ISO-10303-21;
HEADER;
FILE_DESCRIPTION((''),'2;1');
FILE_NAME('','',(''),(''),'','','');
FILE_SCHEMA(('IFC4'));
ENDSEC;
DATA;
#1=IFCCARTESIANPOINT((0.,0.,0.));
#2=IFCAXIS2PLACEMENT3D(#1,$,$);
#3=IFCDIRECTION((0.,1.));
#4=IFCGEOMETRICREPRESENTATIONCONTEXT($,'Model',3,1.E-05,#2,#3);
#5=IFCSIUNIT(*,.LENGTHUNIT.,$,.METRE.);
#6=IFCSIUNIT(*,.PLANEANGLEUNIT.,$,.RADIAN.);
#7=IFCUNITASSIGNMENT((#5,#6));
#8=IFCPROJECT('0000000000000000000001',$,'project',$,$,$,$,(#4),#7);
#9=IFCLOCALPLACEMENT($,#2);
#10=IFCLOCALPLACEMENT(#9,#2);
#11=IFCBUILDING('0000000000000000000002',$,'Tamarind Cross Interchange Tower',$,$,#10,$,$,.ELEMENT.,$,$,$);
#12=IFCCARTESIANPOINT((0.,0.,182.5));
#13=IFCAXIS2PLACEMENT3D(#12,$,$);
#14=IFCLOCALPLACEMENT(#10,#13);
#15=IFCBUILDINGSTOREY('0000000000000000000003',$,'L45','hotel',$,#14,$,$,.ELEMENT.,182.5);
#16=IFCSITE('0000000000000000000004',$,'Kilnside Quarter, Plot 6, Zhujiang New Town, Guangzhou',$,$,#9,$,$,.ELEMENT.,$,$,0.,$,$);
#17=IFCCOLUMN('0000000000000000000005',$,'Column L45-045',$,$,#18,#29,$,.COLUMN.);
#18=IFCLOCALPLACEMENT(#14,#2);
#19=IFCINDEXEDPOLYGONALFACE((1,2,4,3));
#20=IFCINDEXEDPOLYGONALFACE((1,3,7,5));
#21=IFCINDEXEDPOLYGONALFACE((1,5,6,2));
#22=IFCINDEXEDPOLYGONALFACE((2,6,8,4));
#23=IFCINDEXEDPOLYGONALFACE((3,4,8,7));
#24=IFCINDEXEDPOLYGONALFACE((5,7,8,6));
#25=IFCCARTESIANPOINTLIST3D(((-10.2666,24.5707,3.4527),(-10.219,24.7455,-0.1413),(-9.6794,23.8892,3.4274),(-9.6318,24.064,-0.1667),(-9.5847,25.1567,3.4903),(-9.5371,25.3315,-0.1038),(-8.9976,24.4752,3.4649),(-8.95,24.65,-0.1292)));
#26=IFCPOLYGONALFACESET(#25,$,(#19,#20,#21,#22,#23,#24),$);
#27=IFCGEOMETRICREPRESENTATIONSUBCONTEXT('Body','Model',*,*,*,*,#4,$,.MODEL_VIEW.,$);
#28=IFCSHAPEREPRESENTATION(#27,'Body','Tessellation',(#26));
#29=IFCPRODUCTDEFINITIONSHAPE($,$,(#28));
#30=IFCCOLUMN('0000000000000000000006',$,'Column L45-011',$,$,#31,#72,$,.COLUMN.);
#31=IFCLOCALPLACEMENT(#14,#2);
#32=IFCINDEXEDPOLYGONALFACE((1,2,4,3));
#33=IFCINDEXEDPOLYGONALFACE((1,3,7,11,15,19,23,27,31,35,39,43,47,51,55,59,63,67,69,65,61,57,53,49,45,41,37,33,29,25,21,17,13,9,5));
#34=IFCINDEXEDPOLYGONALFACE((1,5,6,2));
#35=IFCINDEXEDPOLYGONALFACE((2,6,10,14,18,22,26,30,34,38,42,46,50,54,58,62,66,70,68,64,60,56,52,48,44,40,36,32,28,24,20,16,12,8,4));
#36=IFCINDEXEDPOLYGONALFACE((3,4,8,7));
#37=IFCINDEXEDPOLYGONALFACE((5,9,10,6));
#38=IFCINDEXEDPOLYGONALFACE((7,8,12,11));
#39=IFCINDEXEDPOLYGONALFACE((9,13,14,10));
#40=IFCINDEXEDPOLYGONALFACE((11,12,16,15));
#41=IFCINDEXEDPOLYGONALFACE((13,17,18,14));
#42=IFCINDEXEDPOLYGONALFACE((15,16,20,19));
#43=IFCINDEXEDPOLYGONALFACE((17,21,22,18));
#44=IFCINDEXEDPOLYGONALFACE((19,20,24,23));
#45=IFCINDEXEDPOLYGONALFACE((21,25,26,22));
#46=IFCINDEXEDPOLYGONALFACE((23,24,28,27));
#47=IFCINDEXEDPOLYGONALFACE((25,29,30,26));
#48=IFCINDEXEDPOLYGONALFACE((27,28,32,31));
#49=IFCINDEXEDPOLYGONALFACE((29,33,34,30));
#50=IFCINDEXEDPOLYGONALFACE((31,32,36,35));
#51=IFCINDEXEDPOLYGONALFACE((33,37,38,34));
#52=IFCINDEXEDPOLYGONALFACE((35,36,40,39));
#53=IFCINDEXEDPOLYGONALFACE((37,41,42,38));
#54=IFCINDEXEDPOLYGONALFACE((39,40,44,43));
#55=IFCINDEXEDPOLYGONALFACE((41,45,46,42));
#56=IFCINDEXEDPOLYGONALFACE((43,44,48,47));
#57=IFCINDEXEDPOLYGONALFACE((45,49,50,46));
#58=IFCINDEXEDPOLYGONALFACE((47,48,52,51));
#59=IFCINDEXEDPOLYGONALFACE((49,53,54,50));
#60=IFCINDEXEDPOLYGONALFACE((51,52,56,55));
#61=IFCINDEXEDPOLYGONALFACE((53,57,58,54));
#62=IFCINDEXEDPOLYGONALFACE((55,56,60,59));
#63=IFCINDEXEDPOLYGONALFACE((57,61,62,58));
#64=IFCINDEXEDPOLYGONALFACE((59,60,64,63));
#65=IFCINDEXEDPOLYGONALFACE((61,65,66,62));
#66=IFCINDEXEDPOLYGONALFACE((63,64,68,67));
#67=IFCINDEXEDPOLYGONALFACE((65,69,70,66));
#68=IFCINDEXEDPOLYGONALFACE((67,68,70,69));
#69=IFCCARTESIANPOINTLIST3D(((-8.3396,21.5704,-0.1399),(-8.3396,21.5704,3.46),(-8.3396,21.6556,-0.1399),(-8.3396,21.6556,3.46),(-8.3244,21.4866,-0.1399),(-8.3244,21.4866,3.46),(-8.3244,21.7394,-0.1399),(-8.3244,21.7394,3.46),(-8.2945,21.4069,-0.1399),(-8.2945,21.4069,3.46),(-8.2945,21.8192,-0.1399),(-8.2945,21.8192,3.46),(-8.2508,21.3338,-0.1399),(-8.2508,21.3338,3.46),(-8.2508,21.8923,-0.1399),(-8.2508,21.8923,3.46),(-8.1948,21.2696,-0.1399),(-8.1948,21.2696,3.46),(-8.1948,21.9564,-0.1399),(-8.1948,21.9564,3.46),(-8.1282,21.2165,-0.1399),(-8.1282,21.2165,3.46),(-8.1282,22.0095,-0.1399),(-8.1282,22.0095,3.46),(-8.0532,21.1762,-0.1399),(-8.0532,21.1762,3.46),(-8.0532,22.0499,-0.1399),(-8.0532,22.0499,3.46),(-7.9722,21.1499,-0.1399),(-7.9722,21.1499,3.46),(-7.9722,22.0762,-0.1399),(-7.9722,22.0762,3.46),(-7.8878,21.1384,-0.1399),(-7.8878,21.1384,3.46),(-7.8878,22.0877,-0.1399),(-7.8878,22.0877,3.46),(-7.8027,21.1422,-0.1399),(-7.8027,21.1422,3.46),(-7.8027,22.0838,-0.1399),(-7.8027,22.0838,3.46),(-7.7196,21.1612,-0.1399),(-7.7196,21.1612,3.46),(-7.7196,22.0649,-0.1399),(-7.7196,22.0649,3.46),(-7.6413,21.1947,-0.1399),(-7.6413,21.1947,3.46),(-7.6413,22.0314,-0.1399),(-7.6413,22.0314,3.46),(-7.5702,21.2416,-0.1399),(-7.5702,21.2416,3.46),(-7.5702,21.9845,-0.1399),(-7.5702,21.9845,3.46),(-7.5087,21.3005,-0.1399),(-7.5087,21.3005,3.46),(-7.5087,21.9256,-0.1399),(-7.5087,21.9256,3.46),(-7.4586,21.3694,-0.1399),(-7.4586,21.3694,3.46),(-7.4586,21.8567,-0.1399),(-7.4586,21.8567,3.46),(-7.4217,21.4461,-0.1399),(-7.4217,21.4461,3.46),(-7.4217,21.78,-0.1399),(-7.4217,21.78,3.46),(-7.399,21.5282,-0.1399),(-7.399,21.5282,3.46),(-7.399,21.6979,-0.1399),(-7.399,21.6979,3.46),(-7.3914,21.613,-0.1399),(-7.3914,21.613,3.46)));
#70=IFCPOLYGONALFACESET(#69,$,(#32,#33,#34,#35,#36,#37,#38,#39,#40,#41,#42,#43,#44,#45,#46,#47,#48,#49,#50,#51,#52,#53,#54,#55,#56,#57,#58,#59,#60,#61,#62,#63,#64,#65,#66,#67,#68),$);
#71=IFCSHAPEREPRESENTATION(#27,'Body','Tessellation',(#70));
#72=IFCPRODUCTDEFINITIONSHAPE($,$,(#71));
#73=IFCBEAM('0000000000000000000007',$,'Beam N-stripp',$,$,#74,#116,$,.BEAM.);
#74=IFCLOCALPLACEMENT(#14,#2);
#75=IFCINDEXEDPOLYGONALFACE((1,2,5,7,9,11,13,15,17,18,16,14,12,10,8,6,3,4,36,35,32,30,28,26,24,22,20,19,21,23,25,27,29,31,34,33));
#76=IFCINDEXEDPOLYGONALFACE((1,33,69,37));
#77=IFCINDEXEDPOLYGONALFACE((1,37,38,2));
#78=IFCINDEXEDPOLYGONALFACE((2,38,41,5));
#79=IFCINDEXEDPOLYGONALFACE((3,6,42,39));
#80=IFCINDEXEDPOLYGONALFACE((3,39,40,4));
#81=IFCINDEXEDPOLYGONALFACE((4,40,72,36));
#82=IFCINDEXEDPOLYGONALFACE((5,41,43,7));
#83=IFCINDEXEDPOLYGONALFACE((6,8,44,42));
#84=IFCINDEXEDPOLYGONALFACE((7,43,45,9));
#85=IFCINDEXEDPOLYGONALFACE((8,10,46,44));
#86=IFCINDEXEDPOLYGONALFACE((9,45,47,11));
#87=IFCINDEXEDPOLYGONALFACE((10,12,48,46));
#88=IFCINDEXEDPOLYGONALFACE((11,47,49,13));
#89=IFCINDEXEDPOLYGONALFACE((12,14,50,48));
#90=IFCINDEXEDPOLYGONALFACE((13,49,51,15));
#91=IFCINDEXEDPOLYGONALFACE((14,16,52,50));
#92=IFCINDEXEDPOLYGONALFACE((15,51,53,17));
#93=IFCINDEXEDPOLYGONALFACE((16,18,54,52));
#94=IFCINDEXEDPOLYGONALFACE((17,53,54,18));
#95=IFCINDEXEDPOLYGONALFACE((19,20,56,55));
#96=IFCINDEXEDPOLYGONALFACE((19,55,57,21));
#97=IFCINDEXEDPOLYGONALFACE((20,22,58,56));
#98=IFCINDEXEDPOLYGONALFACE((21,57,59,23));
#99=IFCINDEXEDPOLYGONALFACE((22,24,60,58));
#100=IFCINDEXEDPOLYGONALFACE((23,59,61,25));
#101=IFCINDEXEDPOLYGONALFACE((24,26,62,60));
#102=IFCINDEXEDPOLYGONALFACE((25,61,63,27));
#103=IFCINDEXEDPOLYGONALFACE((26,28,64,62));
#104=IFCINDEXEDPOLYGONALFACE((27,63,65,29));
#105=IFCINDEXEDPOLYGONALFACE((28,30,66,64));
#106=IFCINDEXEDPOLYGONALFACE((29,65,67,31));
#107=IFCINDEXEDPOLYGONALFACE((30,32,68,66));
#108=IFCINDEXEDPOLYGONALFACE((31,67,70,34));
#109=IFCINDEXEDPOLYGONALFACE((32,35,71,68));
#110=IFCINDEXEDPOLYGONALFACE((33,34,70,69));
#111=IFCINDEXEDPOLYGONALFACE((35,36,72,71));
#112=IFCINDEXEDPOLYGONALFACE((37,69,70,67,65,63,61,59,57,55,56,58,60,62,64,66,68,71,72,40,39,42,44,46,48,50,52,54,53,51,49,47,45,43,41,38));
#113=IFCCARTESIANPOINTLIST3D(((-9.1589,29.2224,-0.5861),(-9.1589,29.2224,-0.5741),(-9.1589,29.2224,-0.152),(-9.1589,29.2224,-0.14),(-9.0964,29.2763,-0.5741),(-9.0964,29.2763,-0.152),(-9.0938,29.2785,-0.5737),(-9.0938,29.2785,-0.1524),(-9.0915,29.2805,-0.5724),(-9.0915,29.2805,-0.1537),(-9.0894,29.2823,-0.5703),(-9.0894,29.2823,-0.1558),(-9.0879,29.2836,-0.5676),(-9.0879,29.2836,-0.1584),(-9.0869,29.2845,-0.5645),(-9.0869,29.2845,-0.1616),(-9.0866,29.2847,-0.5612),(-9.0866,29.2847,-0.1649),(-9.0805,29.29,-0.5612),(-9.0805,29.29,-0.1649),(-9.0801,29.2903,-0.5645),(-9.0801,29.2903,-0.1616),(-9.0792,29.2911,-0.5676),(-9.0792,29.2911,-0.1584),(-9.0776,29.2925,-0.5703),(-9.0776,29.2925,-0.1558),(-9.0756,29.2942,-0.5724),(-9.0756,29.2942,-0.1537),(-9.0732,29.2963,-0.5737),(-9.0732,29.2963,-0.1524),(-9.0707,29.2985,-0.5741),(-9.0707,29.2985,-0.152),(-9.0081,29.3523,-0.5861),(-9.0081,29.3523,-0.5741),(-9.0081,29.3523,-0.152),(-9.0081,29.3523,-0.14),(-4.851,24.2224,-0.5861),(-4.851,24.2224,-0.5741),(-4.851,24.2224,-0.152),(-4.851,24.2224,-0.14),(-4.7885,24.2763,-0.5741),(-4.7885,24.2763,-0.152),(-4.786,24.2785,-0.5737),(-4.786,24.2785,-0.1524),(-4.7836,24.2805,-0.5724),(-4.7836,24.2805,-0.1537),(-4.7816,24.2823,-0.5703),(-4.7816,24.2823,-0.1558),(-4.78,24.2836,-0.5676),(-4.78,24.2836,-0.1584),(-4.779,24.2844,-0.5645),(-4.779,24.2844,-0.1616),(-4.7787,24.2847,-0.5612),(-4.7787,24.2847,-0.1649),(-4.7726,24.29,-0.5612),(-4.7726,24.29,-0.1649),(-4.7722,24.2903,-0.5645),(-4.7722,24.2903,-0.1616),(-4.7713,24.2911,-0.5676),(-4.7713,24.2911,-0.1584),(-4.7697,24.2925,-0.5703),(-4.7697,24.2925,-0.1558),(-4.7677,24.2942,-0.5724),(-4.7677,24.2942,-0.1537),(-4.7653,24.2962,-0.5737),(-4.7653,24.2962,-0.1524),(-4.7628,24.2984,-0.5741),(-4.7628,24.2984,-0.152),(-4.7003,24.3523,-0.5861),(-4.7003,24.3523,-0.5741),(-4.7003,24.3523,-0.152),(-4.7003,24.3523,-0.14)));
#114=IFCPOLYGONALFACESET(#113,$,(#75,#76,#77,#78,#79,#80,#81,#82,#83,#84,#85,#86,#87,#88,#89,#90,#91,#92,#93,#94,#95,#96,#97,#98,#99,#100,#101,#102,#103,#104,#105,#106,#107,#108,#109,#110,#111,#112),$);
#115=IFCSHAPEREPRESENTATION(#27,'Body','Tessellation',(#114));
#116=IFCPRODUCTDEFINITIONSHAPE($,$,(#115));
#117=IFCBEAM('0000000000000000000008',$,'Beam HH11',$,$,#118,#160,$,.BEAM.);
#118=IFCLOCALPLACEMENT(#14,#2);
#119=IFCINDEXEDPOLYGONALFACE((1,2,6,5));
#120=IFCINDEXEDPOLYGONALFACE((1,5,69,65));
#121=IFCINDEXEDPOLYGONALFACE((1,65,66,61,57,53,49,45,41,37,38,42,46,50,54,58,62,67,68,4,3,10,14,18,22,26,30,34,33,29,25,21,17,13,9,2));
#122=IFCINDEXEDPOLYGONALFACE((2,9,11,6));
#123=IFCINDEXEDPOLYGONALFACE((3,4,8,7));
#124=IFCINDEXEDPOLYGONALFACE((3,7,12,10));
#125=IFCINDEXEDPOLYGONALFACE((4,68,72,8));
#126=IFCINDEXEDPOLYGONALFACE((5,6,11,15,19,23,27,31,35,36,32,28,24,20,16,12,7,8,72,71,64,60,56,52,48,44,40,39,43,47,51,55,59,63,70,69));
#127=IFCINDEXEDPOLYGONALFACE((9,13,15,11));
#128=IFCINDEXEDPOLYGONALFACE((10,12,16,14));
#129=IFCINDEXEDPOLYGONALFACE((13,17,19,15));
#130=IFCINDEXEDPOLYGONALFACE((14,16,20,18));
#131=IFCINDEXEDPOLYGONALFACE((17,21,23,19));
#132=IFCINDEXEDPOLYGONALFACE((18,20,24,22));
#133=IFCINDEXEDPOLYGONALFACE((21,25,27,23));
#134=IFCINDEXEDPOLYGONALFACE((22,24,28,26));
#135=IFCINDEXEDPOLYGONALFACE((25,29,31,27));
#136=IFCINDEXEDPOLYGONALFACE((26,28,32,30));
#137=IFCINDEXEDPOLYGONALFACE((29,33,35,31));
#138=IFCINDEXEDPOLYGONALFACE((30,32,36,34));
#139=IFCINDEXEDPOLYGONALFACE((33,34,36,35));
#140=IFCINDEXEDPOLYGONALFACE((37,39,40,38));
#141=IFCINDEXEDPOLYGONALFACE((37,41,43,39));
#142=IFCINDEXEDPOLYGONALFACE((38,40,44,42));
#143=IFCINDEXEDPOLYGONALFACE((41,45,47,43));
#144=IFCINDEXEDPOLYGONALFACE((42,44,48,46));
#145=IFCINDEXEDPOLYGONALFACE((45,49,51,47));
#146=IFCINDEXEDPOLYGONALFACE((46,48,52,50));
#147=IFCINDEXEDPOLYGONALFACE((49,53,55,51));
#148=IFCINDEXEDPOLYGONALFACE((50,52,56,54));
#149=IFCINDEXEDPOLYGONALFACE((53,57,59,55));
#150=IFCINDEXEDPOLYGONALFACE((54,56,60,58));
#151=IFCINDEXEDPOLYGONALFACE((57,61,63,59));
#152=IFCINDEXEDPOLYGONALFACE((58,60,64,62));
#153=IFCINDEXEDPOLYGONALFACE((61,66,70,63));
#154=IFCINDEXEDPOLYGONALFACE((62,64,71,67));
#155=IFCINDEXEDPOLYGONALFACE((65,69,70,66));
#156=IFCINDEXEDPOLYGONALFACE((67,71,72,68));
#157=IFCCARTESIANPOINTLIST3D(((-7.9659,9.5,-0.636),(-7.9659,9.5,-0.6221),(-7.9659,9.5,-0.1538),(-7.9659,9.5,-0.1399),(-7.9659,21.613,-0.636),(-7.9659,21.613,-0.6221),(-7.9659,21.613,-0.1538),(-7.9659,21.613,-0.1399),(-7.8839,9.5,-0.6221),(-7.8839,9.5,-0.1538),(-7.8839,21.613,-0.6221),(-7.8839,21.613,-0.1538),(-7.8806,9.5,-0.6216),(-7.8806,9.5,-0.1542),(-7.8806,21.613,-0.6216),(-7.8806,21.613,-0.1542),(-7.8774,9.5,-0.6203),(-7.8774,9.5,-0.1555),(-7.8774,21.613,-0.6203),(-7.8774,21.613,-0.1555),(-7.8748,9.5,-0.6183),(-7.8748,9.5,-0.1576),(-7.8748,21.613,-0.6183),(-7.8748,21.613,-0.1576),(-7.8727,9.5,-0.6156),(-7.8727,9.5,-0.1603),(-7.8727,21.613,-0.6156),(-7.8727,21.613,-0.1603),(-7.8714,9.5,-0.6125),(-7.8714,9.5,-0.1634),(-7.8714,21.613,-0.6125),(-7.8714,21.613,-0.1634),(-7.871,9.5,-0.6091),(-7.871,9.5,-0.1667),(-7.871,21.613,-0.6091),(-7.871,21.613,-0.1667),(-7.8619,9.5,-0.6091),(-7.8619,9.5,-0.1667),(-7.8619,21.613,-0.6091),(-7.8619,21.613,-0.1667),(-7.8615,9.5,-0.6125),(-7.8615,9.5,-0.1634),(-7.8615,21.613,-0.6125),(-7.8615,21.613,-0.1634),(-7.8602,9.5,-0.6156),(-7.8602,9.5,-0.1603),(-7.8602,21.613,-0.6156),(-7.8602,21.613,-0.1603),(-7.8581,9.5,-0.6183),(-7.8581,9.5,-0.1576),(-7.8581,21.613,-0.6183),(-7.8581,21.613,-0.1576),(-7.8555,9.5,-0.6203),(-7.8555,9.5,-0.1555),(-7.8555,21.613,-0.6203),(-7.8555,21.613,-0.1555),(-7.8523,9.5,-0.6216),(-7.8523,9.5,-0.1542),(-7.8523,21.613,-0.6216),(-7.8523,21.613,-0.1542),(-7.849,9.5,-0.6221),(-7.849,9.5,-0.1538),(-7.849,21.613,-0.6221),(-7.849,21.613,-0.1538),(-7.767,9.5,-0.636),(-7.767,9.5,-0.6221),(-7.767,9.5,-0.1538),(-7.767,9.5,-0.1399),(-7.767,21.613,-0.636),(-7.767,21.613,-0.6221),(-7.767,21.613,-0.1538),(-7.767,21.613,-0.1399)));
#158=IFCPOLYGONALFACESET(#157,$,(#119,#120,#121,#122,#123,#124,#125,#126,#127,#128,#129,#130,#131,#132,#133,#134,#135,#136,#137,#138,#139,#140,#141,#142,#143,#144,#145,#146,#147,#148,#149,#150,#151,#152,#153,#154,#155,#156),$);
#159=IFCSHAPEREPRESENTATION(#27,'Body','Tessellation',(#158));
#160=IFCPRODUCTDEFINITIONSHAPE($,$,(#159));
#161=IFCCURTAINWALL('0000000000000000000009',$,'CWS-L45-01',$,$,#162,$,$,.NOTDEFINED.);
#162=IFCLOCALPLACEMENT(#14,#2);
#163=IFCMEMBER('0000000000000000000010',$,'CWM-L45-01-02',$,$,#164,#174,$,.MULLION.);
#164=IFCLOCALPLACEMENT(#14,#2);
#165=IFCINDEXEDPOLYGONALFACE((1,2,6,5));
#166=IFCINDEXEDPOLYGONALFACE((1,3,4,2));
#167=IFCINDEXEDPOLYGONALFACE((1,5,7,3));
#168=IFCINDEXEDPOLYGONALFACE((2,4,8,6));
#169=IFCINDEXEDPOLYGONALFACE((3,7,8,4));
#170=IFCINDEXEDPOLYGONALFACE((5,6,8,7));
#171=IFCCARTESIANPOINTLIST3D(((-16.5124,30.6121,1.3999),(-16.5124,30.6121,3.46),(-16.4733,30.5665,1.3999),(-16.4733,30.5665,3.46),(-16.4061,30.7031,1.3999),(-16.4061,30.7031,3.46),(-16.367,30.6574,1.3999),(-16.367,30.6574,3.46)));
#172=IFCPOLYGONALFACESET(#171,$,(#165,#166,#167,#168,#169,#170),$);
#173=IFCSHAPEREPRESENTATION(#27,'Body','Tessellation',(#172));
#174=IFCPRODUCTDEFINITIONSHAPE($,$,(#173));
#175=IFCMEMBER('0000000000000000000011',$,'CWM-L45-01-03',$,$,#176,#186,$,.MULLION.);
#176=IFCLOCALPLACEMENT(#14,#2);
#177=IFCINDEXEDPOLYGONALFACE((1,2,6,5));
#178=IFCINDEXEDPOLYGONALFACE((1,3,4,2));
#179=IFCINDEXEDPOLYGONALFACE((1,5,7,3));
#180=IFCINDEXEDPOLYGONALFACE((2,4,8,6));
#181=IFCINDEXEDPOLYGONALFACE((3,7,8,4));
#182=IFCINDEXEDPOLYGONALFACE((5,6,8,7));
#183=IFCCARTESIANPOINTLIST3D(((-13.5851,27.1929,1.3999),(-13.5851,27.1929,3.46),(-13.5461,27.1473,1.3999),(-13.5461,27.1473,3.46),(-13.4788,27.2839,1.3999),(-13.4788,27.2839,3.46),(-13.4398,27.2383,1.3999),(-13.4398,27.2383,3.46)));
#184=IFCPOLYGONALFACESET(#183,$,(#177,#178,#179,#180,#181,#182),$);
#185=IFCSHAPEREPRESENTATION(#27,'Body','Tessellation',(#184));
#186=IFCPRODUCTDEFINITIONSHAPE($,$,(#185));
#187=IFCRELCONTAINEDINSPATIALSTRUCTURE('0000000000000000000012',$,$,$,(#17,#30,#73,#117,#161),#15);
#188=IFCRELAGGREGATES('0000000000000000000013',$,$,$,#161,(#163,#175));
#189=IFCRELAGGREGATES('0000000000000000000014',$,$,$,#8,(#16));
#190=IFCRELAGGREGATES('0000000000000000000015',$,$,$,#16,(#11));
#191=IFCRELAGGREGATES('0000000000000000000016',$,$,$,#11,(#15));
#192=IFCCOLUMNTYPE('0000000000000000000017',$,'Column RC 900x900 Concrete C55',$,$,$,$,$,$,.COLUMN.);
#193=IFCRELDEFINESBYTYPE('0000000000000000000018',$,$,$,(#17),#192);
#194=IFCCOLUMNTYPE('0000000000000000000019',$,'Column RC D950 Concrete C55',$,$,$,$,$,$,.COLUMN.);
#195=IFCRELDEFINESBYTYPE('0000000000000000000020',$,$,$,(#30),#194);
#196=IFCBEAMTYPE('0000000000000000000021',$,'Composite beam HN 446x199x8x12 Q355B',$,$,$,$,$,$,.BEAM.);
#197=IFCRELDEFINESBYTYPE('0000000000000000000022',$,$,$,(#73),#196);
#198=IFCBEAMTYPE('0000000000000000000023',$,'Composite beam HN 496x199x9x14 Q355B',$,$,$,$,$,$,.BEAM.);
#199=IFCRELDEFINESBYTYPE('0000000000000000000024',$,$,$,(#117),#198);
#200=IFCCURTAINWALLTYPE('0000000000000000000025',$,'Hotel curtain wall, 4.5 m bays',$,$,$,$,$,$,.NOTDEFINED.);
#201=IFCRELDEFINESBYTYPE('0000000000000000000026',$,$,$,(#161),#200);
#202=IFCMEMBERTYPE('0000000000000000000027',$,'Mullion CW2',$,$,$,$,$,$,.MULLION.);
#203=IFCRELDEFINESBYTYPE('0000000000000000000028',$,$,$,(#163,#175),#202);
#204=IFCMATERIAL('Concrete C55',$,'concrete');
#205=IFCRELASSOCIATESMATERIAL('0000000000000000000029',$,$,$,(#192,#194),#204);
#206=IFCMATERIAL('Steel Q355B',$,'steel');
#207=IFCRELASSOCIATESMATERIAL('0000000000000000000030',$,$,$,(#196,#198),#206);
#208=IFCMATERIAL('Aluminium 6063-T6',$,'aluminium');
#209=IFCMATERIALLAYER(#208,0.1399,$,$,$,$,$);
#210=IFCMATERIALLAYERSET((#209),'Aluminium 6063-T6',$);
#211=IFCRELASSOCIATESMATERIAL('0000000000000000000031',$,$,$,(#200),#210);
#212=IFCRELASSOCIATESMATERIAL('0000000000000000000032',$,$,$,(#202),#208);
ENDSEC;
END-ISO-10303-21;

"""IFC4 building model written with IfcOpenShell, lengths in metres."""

from ifc_helpers import new_model, si_unit, direction, frame, origin, origin_2d, place, context, subcontext, project, spatial, rectangle, circle, i_section, extrude, material, layer, layer_set, material_profile, profile_set, type_object, element, aggregate, save


model = new_model("IFC4")

# Units and contexts
model_context = context("Model", 3, precision=1e-05, world=origin(), true_north=direction((0.0, 1.0)))
body_context = subcontext(model_context, "Body", "Model", "MODEL_VIEW")
ifc_project = project(units=[si_unit("LENGTHUNIT", "METRE"), si_unit("PLANEANGLEUNIT", "RADIAN")], contexts=[model_context])

# Site, building, storey
site_placement = place(None, origin())
site = spatial("IfcSite", under=ifc_project, at=site_placement, Name="Kilnside Quarter, Plot 6, Zhujiang New Town, Guangzhou", CompositionType="ELEMENT", RefElevation=0.0)
building_placement = place(site_placement, origin())
building = spatial("IfcBuilding", under=site, at=building_placement, Name="Tamarind Cross Interchange Tower", CompositionType="ELEMENT")
storey_placement = place(building_placement, frame((0.0, 0.0, 182.5)))
storey = spatial("IfcBuildingStorey", under=building, at=storey_placement, Name="L45", Description="hotel", CompositionType="ELEMENT", Elevation=182.5)

# Columns
ifc_material_1 = material(Name="Concrete C55", Category="concrete")
ifc_material_profile_1 = material_profile(ifc_material_1, rectangle(XDim=0.8999, YDim=0.8999, at=origin_2d()), Name="RC 900x900")
ifc_profile_set_1 = profile_set([ifc_material_profile_1], Name="Concrete C55")
column_type_1 = type_object("IfcColumnType", Name="Column RC 900x900 Concrete C55", PredefinedType="COLUMN", material=ifc_profile_set_1)
column_1_placement = place(storey_placement, frame((-9.5845, 24.6978, -0.1353), z_axis=(-0.01323, -0.048576, 0.998732), x_axis=(0.757718, 0.651248, 0.041712)))
element("IfcColumn", 1, at=column_1_placement, inside=storey, type_object=column_type_1, Name="Column L45-045", PredefinedType="COLUMN", context=body_context, shape_type="SweptSolid", body=[
    extrude(rectangle(XDim=0.8999, YDim=0.8999, at=origin_2d()), origin(), (0.0, 0.0, 1.0), 3.5986),
])
ifc_material_profile_2 = material_profile(ifc_material_1, circle(Radius=0.4751, at=origin_2d()), Name="RC D950")
ifc_profile_set_2 = profile_set([ifc_material_profile_2], Name="Concrete C55")
column_type_2 = type_object("IfcColumnType", Name="Column RC D950 Concrete C55", PredefinedType="COLUMN", material=ifc_profile_set_2)
column_2_placement = place(storey_placement, frame((-7.8665, 21.613, -0.1399), z_axis=(0.0, 0.0, 1.0), x_axis=(1.0, 0.0, 0.0)))
element("IfcColumn", 2, at=column_2_placement, inside=storey, type_object=column_type_2, Name="Column L45-011", PredefinedType="COLUMN", context=body_context, shape_type="SweptSolid", body=[
    extrude(circle(Radius=0.4751, at=origin_2d()), origin(), (0.0, 0.0, 1.0), 3.5999),
])

# Beams
ifc_material_2 = material(Name="Steel Q355B", Category="steel")
ifc_material_profile_3 = material_profile(ifc_material_2, i_section(OverallWidth=0.199, OverallDepth=0.446, WebThickness=0.0081, FlangeThickness=0.012, FilletRadius=0.0129, at=origin_2d()), Name="HN 446x199x8x12")
ifc_profile_set_3 = profile_set([ifc_material_profile_3], Name="Steel Q355B")
beam_type_1 = type_object("IfcBeamType", Name="Composite beam HN 446x199x8x12 Q355B", PredefinedType="BEAM", material=ifc_profile_set_3)
beam_1_placement = place(storey_placement, frame((-4.7756, 24.2874, -0.363), z_axis=(-0.652724, 0.757596, 0.0), x_axis=(-0.757596, -0.652724, 0.0)))
element("IfcBeam", 3, at=beam_1_placement, inside=storey, type_object=beam_type_1, Name="Beam N-stripp", PredefinedType="BEAM", context=body_context, shape_type="SweptSolid", body=[
    extrude(i_section(OverallWidth=0.199, OverallDepth=0.446, WebThickness=0.0081, FlangeThickness=0.012, FilletRadius=0.0129, at=origin_2d()), origin(), (0.0, 0.0, 1.0), 6.5999),
])
ifc_material_profile_4 = material_profile(ifc_material_2, i_section(OverallWidth=0.199, OverallDepth=0.4961, WebThickness=0.009, FlangeThickness=0.0139, FilletRadius=0.0129, at=origin_2d()), Name="HN 496x199x9x14")
ifc_profile_set_4 = profile_set([ifc_material_profile_4], Name="Steel Q355B")
beam_type_2 = type_object("IfcBeamType", Name="Composite beam HN 496x199x9x14 Q355B", PredefinedType="BEAM", material=ifc_profile_set_4)
beam_2_placement = place(storey_placement, frame((-7.8665, 21.613, -0.3879), z_axis=(0.0, -1.0, 0.0), x_axis=(1.0, 0.0, 0.0)))
element("IfcBeam", 4, at=beam_2_placement, inside=storey, type_object=beam_type_2, Name="Beam HH11", PredefinedType="BEAM", context=body_context, shape_type="SweptSolid", body=[
    extrude(i_section(OverallWidth=0.199, OverallDepth=0.4961, WebThickness=0.009, FlangeThickness=0.0139, FilletRadius=0.0129, at=origin_2d()), origin(), (0.0, 0.0, 1.0), 12.113),
])

# Curtain wall, members
ifc_material_3 = material(Name="Aluminium 6063-T6", Category="aluminium")
ifc_layer_1 = layer(ifc_material_3, 0.1399)
ifc_layer_set_1 = layer_set([ifc_layer_1], Name="Aluminium 6063-T6")
curtain_wall_type_1 = type_object("IfcCurtainWallType", Name="Hotel curtain wall, 4.5 m bays", PredefinedType="NOTDEFINED", material=ifc_layer_set_1)
curtain_wall_1_placement = place(storey_placement, origin())
curtain_wall_1 = element("IfcCurtainWall", 5, at=curtain_wall_1_placement, inside=storey, type_object=curtain_wall_type_1, Name="CWS-L45-01", PredefinedType="NOTDEFINED")
ifc_material_profile_5 = material_profile(ifc_material_3, rectangle(XDim=0.0601, YDim=0.1399, at=origin_2d()), Name="Mullion CW2")
ifc_profile_set_5 = profile_set([ifc_material_profile_5], Name="Aluminium 6063-T6")
member_type_1 = type_object("IfcMemberType", Name="Mullion CW2", PredefinedType="MULLION", material=ifc_profile_set_5)
member_1_placement = place(storey_placement, frame((-16.4397, 30.6348, 1.3999), z_axis=(0.0, 0.0, 1.0), x_axis=(0.650358, -0.759628, 0.0)))
member_1 = element("IfcMember", 6, at=member_1_placement, type_object=member_type_1, Name="CWM-L45-01-02", PredefinedType="MULLION", context=body_context, shape_type="SweptSolid", body=[
    extrude(rectangle(XDim=0.0601, YDim=0.1399, at=origin_2d()), origin(), (0.0, 0.0, 1.0), 2.0601),
])
member_2_placement = place(storey_placement, frame((-13.5125, 27.2156, 1.3999), z_axis=(0.0, 0.0, 1.0), x_axis=(0.650358, -0.759628, 0.0)))
member_2 = element("IfcMember", 7, at=member_2_placement, type_object=member_type_1, Name="CWM-L45-01-03", PredefinedType="MULLION", context=body_context, shape_type="SweptSolid", body=[
    extrude(rectangle(XDim=0.0601, YDim=0.1399, at=origin_2d()), origin(), (0.0, 0.0, 1.0), 2.0601),
])
aggregate(curtain_wall_1, [member_1, member_2])

save(model, "model.ifc")
